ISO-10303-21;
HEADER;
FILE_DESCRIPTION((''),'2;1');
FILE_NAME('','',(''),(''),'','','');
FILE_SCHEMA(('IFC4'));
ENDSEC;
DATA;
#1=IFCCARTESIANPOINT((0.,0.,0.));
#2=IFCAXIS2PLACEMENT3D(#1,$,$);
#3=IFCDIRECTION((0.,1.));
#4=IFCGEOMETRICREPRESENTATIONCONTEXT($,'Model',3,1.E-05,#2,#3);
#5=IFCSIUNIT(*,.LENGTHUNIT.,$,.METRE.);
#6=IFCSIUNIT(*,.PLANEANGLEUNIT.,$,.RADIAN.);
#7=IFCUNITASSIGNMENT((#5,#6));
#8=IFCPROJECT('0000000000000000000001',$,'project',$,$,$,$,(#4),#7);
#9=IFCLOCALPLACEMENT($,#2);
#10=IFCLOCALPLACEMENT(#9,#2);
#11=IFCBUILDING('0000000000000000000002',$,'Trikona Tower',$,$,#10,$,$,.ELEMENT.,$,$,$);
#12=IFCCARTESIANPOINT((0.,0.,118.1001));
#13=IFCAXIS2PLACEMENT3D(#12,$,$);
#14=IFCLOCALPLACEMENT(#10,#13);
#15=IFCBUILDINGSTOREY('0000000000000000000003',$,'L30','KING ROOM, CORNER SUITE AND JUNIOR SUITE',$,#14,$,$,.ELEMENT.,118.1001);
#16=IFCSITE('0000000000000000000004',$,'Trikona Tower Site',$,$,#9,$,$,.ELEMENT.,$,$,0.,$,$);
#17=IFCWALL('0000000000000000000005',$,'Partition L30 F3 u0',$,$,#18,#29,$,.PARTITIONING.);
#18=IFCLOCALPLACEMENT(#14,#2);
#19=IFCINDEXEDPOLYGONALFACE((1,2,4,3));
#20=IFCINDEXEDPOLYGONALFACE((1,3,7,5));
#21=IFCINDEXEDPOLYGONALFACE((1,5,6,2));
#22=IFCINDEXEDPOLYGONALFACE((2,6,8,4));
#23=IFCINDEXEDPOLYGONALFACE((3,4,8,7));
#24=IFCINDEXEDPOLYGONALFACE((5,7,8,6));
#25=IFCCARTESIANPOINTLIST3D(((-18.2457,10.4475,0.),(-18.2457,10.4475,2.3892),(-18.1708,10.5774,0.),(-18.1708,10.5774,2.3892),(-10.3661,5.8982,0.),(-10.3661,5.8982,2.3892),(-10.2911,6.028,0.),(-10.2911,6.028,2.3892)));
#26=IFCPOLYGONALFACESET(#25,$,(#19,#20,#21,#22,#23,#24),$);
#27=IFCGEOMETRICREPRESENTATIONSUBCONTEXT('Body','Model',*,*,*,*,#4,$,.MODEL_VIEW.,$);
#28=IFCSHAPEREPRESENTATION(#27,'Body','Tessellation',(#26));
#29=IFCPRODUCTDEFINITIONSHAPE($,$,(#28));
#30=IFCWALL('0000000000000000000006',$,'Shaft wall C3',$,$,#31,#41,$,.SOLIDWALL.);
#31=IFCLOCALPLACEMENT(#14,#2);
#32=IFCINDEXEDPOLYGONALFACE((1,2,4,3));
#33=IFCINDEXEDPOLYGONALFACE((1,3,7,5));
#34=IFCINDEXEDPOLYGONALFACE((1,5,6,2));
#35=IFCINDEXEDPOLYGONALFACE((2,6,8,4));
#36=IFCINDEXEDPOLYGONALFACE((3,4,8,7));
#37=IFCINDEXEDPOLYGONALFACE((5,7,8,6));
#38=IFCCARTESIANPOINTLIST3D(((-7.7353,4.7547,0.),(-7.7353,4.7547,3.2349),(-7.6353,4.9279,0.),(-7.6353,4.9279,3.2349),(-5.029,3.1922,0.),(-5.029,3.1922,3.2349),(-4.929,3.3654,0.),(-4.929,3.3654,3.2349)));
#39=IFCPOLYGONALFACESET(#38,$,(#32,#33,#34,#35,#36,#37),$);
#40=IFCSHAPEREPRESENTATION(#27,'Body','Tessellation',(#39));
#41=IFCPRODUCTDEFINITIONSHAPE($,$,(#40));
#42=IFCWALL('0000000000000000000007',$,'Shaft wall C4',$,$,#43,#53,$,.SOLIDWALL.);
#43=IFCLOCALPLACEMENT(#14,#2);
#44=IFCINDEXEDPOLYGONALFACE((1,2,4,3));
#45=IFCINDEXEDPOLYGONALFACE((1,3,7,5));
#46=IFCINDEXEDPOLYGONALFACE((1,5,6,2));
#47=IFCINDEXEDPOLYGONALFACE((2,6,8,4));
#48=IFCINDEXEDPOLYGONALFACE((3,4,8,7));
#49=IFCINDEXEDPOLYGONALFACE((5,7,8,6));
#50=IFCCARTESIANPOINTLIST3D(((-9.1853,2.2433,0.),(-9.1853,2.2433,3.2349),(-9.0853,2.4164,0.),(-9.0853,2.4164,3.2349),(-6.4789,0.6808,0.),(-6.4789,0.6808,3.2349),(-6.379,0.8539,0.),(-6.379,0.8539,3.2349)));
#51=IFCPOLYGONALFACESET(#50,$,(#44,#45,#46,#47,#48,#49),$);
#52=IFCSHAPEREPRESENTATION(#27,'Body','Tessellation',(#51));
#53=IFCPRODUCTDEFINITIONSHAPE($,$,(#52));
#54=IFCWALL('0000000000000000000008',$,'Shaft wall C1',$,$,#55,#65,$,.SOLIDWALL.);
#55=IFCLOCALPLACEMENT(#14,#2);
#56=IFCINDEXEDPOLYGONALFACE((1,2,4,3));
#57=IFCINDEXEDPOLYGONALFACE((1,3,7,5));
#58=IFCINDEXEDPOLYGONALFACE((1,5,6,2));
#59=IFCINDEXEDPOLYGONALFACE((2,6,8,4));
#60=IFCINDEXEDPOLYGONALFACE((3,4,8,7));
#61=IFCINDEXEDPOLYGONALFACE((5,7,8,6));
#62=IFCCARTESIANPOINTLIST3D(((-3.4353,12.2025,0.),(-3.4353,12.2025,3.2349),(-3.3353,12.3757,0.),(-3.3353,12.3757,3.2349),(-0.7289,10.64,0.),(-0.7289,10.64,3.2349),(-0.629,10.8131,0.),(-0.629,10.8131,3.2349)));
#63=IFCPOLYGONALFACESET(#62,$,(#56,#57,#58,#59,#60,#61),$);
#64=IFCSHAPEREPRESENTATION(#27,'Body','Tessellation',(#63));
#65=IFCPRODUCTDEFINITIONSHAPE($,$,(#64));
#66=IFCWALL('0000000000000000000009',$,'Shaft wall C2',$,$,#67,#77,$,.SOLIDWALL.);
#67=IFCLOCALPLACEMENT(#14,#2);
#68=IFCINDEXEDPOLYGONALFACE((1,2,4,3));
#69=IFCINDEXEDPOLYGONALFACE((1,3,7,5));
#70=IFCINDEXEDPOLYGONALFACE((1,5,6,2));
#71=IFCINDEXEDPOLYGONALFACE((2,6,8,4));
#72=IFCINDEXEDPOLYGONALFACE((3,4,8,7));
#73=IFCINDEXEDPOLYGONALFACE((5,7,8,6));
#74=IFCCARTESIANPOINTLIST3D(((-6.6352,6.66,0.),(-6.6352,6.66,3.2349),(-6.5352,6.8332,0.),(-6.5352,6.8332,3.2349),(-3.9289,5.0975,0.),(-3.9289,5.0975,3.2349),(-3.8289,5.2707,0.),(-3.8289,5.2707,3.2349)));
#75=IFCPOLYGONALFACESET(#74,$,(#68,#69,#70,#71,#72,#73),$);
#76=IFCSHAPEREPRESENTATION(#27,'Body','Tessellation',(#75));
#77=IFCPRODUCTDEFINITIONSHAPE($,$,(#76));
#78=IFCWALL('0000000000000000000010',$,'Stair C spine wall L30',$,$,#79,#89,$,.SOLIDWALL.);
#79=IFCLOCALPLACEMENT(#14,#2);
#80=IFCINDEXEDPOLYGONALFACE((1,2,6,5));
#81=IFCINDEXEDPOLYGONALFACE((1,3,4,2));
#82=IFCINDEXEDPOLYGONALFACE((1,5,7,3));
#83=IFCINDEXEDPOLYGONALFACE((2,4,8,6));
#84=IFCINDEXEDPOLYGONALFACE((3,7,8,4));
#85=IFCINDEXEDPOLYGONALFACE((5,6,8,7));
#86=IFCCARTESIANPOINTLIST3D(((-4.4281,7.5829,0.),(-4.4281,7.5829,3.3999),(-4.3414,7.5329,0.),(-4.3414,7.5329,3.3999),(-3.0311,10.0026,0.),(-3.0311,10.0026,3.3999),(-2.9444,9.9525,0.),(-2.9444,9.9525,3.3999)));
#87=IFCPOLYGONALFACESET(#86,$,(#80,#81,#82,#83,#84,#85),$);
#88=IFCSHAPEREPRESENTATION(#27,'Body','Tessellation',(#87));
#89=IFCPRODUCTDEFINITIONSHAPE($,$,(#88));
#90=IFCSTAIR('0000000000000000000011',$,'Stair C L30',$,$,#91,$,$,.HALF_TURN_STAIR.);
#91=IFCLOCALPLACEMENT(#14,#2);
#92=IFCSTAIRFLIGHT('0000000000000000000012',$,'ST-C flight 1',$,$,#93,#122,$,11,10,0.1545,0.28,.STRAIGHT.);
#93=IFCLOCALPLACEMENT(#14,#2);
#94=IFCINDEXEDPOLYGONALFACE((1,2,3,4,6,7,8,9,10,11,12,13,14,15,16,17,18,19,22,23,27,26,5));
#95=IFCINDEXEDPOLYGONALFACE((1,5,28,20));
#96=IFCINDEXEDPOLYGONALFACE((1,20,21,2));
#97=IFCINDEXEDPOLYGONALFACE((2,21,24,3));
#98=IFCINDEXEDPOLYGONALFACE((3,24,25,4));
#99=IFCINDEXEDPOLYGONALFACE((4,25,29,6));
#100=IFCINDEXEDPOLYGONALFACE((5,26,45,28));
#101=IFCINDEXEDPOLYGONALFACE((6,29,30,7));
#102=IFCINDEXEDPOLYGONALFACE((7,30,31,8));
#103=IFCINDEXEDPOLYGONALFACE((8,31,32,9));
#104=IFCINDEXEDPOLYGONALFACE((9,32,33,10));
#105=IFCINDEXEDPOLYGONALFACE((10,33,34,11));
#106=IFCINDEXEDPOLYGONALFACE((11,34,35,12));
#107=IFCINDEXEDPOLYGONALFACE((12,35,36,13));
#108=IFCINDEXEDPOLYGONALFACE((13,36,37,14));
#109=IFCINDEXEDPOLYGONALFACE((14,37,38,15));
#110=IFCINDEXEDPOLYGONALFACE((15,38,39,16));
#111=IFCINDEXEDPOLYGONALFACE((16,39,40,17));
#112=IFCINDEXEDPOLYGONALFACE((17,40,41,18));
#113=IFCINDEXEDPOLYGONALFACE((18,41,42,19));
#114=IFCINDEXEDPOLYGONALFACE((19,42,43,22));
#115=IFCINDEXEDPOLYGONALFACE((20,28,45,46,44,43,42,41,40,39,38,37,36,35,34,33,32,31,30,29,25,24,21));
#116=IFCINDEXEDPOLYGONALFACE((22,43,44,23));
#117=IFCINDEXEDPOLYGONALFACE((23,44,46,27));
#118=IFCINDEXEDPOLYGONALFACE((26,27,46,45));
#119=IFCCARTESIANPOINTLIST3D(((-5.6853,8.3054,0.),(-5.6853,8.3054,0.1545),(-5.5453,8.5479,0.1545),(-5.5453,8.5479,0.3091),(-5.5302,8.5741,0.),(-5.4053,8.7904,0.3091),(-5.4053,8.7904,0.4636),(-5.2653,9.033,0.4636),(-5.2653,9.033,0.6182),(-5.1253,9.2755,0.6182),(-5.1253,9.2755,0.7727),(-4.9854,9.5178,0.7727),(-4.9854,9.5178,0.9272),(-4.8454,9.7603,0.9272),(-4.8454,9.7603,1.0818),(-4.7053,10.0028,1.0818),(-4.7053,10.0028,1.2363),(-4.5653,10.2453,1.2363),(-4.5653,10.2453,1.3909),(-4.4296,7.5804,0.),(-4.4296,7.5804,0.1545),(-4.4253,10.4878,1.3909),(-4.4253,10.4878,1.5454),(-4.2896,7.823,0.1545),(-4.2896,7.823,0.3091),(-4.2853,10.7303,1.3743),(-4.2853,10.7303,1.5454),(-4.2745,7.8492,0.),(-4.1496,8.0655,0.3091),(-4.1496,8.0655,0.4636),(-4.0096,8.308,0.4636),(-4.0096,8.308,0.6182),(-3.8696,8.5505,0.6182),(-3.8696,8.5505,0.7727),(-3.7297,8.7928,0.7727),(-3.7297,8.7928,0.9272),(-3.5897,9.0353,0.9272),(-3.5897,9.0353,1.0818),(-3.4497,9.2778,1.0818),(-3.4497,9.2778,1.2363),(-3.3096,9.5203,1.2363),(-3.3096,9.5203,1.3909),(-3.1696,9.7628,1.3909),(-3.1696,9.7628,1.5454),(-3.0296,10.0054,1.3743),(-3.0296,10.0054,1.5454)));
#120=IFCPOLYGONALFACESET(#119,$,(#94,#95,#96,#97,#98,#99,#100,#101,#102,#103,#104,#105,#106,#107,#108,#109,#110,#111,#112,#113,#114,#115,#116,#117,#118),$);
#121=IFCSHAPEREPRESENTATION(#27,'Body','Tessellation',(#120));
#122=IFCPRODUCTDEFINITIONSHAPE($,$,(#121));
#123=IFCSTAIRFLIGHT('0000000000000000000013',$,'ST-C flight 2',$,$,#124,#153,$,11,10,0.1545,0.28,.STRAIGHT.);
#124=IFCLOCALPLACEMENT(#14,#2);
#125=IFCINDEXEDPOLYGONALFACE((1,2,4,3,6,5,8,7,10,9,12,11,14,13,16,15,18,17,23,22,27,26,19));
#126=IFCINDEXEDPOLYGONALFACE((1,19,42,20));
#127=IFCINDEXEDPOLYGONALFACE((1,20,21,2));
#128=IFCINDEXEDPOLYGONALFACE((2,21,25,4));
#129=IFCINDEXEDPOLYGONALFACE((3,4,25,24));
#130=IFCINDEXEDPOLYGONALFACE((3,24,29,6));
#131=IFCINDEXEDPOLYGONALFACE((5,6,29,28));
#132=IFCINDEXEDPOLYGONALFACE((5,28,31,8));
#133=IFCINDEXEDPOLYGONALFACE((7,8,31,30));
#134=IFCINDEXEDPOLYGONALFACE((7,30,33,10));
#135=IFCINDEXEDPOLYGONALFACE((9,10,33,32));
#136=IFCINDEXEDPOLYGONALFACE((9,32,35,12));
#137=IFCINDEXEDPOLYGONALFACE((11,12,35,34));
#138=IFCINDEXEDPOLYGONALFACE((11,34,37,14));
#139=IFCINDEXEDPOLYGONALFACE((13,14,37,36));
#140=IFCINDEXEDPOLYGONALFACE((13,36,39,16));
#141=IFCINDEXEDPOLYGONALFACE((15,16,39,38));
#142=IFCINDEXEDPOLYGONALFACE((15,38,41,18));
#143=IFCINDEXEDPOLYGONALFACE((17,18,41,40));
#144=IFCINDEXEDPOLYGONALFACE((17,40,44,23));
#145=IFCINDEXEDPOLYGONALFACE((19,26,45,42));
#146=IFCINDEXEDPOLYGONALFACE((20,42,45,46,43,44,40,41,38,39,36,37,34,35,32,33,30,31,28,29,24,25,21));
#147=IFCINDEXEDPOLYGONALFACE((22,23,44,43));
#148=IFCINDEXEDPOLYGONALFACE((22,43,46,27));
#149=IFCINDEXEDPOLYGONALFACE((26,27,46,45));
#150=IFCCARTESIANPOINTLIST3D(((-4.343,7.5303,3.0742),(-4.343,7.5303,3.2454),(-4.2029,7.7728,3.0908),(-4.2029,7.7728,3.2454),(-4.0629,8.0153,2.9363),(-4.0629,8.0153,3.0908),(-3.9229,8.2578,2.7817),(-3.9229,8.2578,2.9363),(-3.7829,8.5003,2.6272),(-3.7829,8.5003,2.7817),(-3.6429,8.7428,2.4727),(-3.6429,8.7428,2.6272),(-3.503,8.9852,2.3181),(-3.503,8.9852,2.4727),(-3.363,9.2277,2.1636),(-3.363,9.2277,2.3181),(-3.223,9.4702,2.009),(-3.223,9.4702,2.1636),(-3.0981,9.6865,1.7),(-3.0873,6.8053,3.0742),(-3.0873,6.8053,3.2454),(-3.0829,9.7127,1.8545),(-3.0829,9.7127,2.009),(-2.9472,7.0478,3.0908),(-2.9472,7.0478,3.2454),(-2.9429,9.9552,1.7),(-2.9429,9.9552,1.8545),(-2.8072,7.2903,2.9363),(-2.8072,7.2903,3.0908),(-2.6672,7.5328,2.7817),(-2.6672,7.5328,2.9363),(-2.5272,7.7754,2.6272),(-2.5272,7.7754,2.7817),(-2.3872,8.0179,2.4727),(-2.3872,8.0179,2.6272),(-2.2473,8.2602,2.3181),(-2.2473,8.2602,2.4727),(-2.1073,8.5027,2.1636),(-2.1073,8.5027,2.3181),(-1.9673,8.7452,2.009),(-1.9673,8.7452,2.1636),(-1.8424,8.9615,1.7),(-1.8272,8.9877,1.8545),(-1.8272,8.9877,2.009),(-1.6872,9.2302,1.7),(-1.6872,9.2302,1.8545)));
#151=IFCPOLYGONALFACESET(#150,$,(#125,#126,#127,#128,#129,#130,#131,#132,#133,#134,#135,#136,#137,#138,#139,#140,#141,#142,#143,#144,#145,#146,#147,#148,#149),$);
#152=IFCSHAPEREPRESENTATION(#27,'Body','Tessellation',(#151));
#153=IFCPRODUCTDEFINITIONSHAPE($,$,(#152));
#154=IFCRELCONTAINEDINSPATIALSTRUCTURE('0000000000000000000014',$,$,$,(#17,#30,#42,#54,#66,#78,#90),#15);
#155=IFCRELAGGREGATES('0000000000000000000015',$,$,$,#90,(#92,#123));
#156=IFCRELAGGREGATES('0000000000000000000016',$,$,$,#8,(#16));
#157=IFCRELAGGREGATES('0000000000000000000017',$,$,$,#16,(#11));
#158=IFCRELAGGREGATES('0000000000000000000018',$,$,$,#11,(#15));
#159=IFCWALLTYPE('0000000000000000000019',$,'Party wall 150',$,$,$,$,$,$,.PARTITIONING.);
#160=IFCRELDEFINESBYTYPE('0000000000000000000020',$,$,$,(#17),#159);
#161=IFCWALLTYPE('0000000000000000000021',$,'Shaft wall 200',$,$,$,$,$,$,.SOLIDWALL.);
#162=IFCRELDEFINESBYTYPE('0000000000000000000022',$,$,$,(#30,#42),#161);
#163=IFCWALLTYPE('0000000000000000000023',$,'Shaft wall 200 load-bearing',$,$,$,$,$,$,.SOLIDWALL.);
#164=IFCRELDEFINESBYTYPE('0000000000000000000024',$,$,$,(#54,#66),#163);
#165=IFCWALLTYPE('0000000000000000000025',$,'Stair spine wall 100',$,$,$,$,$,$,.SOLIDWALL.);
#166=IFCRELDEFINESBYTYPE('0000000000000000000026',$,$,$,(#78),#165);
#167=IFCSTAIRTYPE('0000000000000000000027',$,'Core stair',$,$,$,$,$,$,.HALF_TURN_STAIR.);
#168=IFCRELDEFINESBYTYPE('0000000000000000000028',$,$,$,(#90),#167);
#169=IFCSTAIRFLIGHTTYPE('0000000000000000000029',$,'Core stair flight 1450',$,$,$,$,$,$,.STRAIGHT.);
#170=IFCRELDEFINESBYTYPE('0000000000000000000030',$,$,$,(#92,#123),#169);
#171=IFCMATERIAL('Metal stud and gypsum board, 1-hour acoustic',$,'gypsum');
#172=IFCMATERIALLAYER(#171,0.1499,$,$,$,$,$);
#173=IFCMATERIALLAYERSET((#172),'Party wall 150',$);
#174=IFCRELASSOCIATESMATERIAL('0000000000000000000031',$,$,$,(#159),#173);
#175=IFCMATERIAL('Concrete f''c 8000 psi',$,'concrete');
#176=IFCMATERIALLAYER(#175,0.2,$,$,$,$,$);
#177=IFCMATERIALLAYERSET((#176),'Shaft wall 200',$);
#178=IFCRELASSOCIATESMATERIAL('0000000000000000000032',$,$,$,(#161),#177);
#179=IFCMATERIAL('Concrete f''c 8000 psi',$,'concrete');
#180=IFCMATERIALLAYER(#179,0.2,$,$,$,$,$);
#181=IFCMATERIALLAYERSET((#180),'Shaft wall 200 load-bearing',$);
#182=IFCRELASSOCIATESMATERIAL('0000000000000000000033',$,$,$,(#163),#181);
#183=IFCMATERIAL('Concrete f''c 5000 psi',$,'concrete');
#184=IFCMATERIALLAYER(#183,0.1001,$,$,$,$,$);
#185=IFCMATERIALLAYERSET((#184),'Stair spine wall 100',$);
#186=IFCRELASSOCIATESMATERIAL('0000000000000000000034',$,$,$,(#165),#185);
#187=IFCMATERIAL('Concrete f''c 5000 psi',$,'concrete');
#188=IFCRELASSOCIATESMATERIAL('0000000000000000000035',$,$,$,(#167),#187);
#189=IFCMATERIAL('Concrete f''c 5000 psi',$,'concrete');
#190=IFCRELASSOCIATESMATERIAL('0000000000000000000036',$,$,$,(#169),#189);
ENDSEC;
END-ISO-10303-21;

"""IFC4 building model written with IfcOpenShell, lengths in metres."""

from ifc_helpers import new_model, si_unit, direction, frame, frame_2d, origin, place, context, subcontext, project, spatial, polyline, rectangle, outline, extrude, material, layer, layer_set, type_object, element, aggregate, save


model = new_model("IFC4")

# Units and contexts
model_context = context("Model", 3, precision=1e-05, world=origin(), true_north=direction((0.0, 1.0)))
body_context = subcontext(model_context, "Body", "Model", "MODEL_VIEW")
ifc_project = project(units=[si_unit("LENGTHUNIT", "METRE"), si_unit("PLANEANGLEUNIT", "RADIAN")], contexts=[model_context])

# Site, building, storey
site_placement = place(None, origin())
site = spatial("IfcSite", under=ifc_project, at=site_placement, Name="Trikona Tower Site", CompositionType="ELEMENT", RefElevation=0.0)
building_placement = place(site_placement, origin())
building = spatial("IfcBuilding", under=site, at=building_placement, Name="Trikona Tower", CompositionType="ELEMENT")
storey_placement = place(building_placement, frame((0.0, 0.0, 118.1001)))
storey = spatial("IfcBuildingStorey", under=building, at=storey_placement, Name="L30", Description="KING ROOM, CORNER SUITE AND JUNIOR SUITE", CompositionType="ELEMENT", Elevation=118.1001)

# Walls
ifc_material_1 = material(Name="Metal stud and gypsum board, 1-hour acoustic", Category="gypsum")
ifc_layer_1 = layer(ifc_material_1, 0.1499)
ifc_layer_set_1 = layer_set([ifc_layer_1], Name="Party wall 150")
wall_type_1 = type_object("IfcWallType", Name="Party wall 150", PredefinedType="PARTITIONING", material=ifc_layer_set_1)
wall_1_placement = place(storey_placement, frame((-10.3286, 5.9631, 0.0), z_axis=(0.0, 0.0, 1.0), x_axis=(-0.866025, 0.5, 0.0)))
element("IfcWall", 1, at=wall_1_placement, inside=storey, type_object=wall_type_1, Name="Partition L30 F3 u0", PredefinedType="PARTITIONING", context=body_context, shape_type="SweptSolid", body=[
    extrude(rectangle(XDim=9.0986, YDim=0.1499, at=frame_2d((4.5493, 0.0))), origin(), (0.0, 0.0, 1.0), 2.3892),
])
ifc_material_2 = material(Name="Concrete f'c 8000 psi", Category="concrete")
ifc_layer_2 = layer(ifc_material_2, 0.2)
ifc_layer_set_2 = layer_set([ifc_layer_2], Name="Shaft wall 200")
wall_type_2 = type_object("IfcWallType", Name="Shaft wall 200", PredefinedType="SOLIDWALL", material=ifc_layer_set_2)
for number, where, z_axis, x_axis, name in (
    (2, (-4.979, 3.2788, 0.0), (0.0, 0.0, 1.0), (-0.866023, 0.500004, 0.0), "Shaft wall C3"),
    (3, (-6.429, 0.7673, 0.0), (0.0, 0.0, 1.0), (-0.866023, 0.500004, 0.0), "Shaft wall C4"),
):
    element("IfcWall", number, at=place(storey_placement, frame(where, z_axis=z_axis, x_axis=x_axis)), inside=storey, type_object=wall_type_2, Name=name, PredefinedType="SOLIDWALL", context=body_context, shape_type="SweptSolid", body=[
        extrude(rectangle(XDim=3.125, YDim=0.2, at=frame_2d((1.5625, 0.0))), origin(), (0.0, 0.0, 1.0), 3.2349),
    ])
ifc_material_3 = material(Name="Concrete f'c 8000 psi", Category="concrete")
ifc_layer_3 = layer(ifc_material_3, 0.2)
ifc_layer_set_3 = layer_set([ifc_layer_3], Name="Shaft wall 200 load-bearing")
wall_type_3 = type_object("IfcWallType", Name="Shaft wall 200 load-bearing", PredefinedType="SOLIDWALL", material=ifc_layer_set_3)
for number, where, z_axis, x_axis, name in (
    (4, (-0.679, 10.7266, 0.0), (0.0, 0.0, 1.0), (-0.866023, 0.500004, 0.0), "Shaft wall C1"),
    (5, (-3.8789, 5.1841, 0.0), (0.0, 0.0, 1.0), (-0.866023, 0.500004, 0.0), "Shaft wall C2"),
):
    element("IfcWall", number, at=place(storey_placement, frame(where, z_axis=z_axis, x_axis=x_axis)), inside=storey, type_object=wall_type_3, Name=name, PredefinedType="SOLIDWALL", context=body_context, shape_type="SweptSolid", body=[
        extrude(rectangle(XDim=3.125, YDim=0.2, at=frame_2d((1.5625, 0.0))), origin(), (0.0, 0.0, 1.0), 3.2349),
    ])
ifc_material_4 = material(Name="Concrete f'c 5000 psi", Category="concrete")
ifc_layer_4 = layer(ifc_material_4, 0.1001)
ifc_layer_set_4 = layer_set([ifc_layer_4], Name="Stair spine wall 100")
wall_type_4 = type_object("IfcWallType", Name="Stair spine wall 100", PredefinedType="SOLIDWALL", material=ifc_layer_set_4)
wall_2_placement = place(storey_placement, frame((-2.9878, 9.9775, 0.0), z_axis=(0.0, 0.0, 1.0), x_axis=(-0.499992, -0.86603, 0.0)))
element("IfcWall", 6, at=wall_2_placement, inside=storey, type_object=wall_type_4, Name="Stair C spine wall L30", PredefinedType="SOLIDWALL", context=body_context, shape_type="SweptSolid", body=[
    extrude(rectangle(XDim=2.7939, YDim=0.1001, at=frame_2d((1.397, 0.0))), origin(), (0.0, 0.0, 1.0), 3.3999),
])

# Stair, stair flights
ifc_material_5 = material(Name="Concrete f'c 5000 psi", Category="concrete")
stair_type = type_object("IfcStairType", Name="Core stair", PredefinedType="HALF_TURN_STAIR", material=ifc_material_5)
stair_placement = place(storey_placement, origin())
stair = element("IfcStair", 7, at=stair_placement, inside=storey, type_object=stair_type, Name="Stair C L30", PredefinedType="HALF_TURN_STAIR")
ifc_material_6 = material(Name="Concrete f'c 5000 psi", Category="concrete")
stair_flight_type = type_object("IfcStairFlightType", Name="Core stair flight 1450", PredefinedType="STRAIGHT", material=ifc_material_6)
stair_flight_1_placement = place(storey_placement, frame((-5.0574, 7.9429, 0.0), z_axis=(0.0, 0.0, 1.0), x_axis=(0.5, 0.866025, 0.0)))
stair_flight_1 = element("IfcStairFlight", 8, at=stair_flight_1_placement, type_object=stair_flight_type, Name="ST-C flight 1", NumberOfRisers=11, NumberOfTreads=10, PredefinedType="STRAIGHT", RiserHeight=0.1545, TreadLength=0.28, context=body_context, shape_type="SweptSolid", body=[
    extrude(outline(polyline([(0.0, 0.0), (0.0, 0.1545), (0.28, 0.1545), (0.28, 0.3091), (0.5601, 0.3091), (0.5601, 0.4636), (0.8401, 0.4636), (0.8401, 0.6182), (1.1201, 0.6182), (1.1201, 0.7727), (1.3999, 0.7727), (1.3999, 0.9272), (1.6799, 0.9272), (1.6799, 1.0818), (1.96, 1.0818), (1.96, 1.2363), (2.24, 1.2363), (2.24, 1.3909), (2.52, 1.3909), (2.52, 1.5454), (2.8, 1.5454), (2.8, 1.7), (2.8, 1.3743), (0.3103, 0.0), (0.0, 0.0)])), frame((0.0, 0.7251, 0.0), z_axis=(0.0, -1.0, 0.0), x_axis=(1.0, 0.0, 0.0)), (0.0, 0.0, 1.0), 1.45),
])
stair_flight_2_placement = place(storey_placement, frame((-2.3152, 9.5928, 1.7), z_axis=(0.0, 0.0, 1.0), x_axis=(-0.5, -0.866025, 0.0)))
stair_flight_2 = element("IfcStairFlight", 9, at=stair_flight_2_placement, type_object=stair_flight_type, Name="ST-C flight 2", NumberOfRisers=11, NumberOfTreads=10, PredefinedType="STRAIGHT", RiserHeight=0.1545, TreadLength=0.28, context=body_context, shape_type="SweptSolid", body=[
    extrude(outline(polyline([(0.0, 0.0), (0.0, 0.1545), (0.28, 0.1545), (0.28, 0.3091), (0.5601, 0.3091), (0.5601, 0.4636), (0.8401, 0.4636), (0.8401, 0.6182), (1.1201, 0.6182), (1.1201, 0.7727), (1.3999, 0.7727), (1.3999, 0.9272), (1.6799, 0.9272), (1.6799, 1.0818), (1.96, 1.0818), (1.96, 1.2363), (2.24, 1.2363), (2.24, 1.3909), (2.52, 1.3909), (2.52, 1.5454), (2.8, 1.5454), (2.8, 1.7), (2.8, 1.3743), (0.3103, 0.0), (0.0, 0.0)])), frame((0.0, 0.7251, 0.0), z_axis=(0.0, -1.0, 0.0), x_axis=(1.0, 0.0, 0.0)), (0.0, 0.0, 1.0), 1.45),
])
aggregate(stair, [stair_flight_1, stair_flight_2])

save(model, "model.ifc")
